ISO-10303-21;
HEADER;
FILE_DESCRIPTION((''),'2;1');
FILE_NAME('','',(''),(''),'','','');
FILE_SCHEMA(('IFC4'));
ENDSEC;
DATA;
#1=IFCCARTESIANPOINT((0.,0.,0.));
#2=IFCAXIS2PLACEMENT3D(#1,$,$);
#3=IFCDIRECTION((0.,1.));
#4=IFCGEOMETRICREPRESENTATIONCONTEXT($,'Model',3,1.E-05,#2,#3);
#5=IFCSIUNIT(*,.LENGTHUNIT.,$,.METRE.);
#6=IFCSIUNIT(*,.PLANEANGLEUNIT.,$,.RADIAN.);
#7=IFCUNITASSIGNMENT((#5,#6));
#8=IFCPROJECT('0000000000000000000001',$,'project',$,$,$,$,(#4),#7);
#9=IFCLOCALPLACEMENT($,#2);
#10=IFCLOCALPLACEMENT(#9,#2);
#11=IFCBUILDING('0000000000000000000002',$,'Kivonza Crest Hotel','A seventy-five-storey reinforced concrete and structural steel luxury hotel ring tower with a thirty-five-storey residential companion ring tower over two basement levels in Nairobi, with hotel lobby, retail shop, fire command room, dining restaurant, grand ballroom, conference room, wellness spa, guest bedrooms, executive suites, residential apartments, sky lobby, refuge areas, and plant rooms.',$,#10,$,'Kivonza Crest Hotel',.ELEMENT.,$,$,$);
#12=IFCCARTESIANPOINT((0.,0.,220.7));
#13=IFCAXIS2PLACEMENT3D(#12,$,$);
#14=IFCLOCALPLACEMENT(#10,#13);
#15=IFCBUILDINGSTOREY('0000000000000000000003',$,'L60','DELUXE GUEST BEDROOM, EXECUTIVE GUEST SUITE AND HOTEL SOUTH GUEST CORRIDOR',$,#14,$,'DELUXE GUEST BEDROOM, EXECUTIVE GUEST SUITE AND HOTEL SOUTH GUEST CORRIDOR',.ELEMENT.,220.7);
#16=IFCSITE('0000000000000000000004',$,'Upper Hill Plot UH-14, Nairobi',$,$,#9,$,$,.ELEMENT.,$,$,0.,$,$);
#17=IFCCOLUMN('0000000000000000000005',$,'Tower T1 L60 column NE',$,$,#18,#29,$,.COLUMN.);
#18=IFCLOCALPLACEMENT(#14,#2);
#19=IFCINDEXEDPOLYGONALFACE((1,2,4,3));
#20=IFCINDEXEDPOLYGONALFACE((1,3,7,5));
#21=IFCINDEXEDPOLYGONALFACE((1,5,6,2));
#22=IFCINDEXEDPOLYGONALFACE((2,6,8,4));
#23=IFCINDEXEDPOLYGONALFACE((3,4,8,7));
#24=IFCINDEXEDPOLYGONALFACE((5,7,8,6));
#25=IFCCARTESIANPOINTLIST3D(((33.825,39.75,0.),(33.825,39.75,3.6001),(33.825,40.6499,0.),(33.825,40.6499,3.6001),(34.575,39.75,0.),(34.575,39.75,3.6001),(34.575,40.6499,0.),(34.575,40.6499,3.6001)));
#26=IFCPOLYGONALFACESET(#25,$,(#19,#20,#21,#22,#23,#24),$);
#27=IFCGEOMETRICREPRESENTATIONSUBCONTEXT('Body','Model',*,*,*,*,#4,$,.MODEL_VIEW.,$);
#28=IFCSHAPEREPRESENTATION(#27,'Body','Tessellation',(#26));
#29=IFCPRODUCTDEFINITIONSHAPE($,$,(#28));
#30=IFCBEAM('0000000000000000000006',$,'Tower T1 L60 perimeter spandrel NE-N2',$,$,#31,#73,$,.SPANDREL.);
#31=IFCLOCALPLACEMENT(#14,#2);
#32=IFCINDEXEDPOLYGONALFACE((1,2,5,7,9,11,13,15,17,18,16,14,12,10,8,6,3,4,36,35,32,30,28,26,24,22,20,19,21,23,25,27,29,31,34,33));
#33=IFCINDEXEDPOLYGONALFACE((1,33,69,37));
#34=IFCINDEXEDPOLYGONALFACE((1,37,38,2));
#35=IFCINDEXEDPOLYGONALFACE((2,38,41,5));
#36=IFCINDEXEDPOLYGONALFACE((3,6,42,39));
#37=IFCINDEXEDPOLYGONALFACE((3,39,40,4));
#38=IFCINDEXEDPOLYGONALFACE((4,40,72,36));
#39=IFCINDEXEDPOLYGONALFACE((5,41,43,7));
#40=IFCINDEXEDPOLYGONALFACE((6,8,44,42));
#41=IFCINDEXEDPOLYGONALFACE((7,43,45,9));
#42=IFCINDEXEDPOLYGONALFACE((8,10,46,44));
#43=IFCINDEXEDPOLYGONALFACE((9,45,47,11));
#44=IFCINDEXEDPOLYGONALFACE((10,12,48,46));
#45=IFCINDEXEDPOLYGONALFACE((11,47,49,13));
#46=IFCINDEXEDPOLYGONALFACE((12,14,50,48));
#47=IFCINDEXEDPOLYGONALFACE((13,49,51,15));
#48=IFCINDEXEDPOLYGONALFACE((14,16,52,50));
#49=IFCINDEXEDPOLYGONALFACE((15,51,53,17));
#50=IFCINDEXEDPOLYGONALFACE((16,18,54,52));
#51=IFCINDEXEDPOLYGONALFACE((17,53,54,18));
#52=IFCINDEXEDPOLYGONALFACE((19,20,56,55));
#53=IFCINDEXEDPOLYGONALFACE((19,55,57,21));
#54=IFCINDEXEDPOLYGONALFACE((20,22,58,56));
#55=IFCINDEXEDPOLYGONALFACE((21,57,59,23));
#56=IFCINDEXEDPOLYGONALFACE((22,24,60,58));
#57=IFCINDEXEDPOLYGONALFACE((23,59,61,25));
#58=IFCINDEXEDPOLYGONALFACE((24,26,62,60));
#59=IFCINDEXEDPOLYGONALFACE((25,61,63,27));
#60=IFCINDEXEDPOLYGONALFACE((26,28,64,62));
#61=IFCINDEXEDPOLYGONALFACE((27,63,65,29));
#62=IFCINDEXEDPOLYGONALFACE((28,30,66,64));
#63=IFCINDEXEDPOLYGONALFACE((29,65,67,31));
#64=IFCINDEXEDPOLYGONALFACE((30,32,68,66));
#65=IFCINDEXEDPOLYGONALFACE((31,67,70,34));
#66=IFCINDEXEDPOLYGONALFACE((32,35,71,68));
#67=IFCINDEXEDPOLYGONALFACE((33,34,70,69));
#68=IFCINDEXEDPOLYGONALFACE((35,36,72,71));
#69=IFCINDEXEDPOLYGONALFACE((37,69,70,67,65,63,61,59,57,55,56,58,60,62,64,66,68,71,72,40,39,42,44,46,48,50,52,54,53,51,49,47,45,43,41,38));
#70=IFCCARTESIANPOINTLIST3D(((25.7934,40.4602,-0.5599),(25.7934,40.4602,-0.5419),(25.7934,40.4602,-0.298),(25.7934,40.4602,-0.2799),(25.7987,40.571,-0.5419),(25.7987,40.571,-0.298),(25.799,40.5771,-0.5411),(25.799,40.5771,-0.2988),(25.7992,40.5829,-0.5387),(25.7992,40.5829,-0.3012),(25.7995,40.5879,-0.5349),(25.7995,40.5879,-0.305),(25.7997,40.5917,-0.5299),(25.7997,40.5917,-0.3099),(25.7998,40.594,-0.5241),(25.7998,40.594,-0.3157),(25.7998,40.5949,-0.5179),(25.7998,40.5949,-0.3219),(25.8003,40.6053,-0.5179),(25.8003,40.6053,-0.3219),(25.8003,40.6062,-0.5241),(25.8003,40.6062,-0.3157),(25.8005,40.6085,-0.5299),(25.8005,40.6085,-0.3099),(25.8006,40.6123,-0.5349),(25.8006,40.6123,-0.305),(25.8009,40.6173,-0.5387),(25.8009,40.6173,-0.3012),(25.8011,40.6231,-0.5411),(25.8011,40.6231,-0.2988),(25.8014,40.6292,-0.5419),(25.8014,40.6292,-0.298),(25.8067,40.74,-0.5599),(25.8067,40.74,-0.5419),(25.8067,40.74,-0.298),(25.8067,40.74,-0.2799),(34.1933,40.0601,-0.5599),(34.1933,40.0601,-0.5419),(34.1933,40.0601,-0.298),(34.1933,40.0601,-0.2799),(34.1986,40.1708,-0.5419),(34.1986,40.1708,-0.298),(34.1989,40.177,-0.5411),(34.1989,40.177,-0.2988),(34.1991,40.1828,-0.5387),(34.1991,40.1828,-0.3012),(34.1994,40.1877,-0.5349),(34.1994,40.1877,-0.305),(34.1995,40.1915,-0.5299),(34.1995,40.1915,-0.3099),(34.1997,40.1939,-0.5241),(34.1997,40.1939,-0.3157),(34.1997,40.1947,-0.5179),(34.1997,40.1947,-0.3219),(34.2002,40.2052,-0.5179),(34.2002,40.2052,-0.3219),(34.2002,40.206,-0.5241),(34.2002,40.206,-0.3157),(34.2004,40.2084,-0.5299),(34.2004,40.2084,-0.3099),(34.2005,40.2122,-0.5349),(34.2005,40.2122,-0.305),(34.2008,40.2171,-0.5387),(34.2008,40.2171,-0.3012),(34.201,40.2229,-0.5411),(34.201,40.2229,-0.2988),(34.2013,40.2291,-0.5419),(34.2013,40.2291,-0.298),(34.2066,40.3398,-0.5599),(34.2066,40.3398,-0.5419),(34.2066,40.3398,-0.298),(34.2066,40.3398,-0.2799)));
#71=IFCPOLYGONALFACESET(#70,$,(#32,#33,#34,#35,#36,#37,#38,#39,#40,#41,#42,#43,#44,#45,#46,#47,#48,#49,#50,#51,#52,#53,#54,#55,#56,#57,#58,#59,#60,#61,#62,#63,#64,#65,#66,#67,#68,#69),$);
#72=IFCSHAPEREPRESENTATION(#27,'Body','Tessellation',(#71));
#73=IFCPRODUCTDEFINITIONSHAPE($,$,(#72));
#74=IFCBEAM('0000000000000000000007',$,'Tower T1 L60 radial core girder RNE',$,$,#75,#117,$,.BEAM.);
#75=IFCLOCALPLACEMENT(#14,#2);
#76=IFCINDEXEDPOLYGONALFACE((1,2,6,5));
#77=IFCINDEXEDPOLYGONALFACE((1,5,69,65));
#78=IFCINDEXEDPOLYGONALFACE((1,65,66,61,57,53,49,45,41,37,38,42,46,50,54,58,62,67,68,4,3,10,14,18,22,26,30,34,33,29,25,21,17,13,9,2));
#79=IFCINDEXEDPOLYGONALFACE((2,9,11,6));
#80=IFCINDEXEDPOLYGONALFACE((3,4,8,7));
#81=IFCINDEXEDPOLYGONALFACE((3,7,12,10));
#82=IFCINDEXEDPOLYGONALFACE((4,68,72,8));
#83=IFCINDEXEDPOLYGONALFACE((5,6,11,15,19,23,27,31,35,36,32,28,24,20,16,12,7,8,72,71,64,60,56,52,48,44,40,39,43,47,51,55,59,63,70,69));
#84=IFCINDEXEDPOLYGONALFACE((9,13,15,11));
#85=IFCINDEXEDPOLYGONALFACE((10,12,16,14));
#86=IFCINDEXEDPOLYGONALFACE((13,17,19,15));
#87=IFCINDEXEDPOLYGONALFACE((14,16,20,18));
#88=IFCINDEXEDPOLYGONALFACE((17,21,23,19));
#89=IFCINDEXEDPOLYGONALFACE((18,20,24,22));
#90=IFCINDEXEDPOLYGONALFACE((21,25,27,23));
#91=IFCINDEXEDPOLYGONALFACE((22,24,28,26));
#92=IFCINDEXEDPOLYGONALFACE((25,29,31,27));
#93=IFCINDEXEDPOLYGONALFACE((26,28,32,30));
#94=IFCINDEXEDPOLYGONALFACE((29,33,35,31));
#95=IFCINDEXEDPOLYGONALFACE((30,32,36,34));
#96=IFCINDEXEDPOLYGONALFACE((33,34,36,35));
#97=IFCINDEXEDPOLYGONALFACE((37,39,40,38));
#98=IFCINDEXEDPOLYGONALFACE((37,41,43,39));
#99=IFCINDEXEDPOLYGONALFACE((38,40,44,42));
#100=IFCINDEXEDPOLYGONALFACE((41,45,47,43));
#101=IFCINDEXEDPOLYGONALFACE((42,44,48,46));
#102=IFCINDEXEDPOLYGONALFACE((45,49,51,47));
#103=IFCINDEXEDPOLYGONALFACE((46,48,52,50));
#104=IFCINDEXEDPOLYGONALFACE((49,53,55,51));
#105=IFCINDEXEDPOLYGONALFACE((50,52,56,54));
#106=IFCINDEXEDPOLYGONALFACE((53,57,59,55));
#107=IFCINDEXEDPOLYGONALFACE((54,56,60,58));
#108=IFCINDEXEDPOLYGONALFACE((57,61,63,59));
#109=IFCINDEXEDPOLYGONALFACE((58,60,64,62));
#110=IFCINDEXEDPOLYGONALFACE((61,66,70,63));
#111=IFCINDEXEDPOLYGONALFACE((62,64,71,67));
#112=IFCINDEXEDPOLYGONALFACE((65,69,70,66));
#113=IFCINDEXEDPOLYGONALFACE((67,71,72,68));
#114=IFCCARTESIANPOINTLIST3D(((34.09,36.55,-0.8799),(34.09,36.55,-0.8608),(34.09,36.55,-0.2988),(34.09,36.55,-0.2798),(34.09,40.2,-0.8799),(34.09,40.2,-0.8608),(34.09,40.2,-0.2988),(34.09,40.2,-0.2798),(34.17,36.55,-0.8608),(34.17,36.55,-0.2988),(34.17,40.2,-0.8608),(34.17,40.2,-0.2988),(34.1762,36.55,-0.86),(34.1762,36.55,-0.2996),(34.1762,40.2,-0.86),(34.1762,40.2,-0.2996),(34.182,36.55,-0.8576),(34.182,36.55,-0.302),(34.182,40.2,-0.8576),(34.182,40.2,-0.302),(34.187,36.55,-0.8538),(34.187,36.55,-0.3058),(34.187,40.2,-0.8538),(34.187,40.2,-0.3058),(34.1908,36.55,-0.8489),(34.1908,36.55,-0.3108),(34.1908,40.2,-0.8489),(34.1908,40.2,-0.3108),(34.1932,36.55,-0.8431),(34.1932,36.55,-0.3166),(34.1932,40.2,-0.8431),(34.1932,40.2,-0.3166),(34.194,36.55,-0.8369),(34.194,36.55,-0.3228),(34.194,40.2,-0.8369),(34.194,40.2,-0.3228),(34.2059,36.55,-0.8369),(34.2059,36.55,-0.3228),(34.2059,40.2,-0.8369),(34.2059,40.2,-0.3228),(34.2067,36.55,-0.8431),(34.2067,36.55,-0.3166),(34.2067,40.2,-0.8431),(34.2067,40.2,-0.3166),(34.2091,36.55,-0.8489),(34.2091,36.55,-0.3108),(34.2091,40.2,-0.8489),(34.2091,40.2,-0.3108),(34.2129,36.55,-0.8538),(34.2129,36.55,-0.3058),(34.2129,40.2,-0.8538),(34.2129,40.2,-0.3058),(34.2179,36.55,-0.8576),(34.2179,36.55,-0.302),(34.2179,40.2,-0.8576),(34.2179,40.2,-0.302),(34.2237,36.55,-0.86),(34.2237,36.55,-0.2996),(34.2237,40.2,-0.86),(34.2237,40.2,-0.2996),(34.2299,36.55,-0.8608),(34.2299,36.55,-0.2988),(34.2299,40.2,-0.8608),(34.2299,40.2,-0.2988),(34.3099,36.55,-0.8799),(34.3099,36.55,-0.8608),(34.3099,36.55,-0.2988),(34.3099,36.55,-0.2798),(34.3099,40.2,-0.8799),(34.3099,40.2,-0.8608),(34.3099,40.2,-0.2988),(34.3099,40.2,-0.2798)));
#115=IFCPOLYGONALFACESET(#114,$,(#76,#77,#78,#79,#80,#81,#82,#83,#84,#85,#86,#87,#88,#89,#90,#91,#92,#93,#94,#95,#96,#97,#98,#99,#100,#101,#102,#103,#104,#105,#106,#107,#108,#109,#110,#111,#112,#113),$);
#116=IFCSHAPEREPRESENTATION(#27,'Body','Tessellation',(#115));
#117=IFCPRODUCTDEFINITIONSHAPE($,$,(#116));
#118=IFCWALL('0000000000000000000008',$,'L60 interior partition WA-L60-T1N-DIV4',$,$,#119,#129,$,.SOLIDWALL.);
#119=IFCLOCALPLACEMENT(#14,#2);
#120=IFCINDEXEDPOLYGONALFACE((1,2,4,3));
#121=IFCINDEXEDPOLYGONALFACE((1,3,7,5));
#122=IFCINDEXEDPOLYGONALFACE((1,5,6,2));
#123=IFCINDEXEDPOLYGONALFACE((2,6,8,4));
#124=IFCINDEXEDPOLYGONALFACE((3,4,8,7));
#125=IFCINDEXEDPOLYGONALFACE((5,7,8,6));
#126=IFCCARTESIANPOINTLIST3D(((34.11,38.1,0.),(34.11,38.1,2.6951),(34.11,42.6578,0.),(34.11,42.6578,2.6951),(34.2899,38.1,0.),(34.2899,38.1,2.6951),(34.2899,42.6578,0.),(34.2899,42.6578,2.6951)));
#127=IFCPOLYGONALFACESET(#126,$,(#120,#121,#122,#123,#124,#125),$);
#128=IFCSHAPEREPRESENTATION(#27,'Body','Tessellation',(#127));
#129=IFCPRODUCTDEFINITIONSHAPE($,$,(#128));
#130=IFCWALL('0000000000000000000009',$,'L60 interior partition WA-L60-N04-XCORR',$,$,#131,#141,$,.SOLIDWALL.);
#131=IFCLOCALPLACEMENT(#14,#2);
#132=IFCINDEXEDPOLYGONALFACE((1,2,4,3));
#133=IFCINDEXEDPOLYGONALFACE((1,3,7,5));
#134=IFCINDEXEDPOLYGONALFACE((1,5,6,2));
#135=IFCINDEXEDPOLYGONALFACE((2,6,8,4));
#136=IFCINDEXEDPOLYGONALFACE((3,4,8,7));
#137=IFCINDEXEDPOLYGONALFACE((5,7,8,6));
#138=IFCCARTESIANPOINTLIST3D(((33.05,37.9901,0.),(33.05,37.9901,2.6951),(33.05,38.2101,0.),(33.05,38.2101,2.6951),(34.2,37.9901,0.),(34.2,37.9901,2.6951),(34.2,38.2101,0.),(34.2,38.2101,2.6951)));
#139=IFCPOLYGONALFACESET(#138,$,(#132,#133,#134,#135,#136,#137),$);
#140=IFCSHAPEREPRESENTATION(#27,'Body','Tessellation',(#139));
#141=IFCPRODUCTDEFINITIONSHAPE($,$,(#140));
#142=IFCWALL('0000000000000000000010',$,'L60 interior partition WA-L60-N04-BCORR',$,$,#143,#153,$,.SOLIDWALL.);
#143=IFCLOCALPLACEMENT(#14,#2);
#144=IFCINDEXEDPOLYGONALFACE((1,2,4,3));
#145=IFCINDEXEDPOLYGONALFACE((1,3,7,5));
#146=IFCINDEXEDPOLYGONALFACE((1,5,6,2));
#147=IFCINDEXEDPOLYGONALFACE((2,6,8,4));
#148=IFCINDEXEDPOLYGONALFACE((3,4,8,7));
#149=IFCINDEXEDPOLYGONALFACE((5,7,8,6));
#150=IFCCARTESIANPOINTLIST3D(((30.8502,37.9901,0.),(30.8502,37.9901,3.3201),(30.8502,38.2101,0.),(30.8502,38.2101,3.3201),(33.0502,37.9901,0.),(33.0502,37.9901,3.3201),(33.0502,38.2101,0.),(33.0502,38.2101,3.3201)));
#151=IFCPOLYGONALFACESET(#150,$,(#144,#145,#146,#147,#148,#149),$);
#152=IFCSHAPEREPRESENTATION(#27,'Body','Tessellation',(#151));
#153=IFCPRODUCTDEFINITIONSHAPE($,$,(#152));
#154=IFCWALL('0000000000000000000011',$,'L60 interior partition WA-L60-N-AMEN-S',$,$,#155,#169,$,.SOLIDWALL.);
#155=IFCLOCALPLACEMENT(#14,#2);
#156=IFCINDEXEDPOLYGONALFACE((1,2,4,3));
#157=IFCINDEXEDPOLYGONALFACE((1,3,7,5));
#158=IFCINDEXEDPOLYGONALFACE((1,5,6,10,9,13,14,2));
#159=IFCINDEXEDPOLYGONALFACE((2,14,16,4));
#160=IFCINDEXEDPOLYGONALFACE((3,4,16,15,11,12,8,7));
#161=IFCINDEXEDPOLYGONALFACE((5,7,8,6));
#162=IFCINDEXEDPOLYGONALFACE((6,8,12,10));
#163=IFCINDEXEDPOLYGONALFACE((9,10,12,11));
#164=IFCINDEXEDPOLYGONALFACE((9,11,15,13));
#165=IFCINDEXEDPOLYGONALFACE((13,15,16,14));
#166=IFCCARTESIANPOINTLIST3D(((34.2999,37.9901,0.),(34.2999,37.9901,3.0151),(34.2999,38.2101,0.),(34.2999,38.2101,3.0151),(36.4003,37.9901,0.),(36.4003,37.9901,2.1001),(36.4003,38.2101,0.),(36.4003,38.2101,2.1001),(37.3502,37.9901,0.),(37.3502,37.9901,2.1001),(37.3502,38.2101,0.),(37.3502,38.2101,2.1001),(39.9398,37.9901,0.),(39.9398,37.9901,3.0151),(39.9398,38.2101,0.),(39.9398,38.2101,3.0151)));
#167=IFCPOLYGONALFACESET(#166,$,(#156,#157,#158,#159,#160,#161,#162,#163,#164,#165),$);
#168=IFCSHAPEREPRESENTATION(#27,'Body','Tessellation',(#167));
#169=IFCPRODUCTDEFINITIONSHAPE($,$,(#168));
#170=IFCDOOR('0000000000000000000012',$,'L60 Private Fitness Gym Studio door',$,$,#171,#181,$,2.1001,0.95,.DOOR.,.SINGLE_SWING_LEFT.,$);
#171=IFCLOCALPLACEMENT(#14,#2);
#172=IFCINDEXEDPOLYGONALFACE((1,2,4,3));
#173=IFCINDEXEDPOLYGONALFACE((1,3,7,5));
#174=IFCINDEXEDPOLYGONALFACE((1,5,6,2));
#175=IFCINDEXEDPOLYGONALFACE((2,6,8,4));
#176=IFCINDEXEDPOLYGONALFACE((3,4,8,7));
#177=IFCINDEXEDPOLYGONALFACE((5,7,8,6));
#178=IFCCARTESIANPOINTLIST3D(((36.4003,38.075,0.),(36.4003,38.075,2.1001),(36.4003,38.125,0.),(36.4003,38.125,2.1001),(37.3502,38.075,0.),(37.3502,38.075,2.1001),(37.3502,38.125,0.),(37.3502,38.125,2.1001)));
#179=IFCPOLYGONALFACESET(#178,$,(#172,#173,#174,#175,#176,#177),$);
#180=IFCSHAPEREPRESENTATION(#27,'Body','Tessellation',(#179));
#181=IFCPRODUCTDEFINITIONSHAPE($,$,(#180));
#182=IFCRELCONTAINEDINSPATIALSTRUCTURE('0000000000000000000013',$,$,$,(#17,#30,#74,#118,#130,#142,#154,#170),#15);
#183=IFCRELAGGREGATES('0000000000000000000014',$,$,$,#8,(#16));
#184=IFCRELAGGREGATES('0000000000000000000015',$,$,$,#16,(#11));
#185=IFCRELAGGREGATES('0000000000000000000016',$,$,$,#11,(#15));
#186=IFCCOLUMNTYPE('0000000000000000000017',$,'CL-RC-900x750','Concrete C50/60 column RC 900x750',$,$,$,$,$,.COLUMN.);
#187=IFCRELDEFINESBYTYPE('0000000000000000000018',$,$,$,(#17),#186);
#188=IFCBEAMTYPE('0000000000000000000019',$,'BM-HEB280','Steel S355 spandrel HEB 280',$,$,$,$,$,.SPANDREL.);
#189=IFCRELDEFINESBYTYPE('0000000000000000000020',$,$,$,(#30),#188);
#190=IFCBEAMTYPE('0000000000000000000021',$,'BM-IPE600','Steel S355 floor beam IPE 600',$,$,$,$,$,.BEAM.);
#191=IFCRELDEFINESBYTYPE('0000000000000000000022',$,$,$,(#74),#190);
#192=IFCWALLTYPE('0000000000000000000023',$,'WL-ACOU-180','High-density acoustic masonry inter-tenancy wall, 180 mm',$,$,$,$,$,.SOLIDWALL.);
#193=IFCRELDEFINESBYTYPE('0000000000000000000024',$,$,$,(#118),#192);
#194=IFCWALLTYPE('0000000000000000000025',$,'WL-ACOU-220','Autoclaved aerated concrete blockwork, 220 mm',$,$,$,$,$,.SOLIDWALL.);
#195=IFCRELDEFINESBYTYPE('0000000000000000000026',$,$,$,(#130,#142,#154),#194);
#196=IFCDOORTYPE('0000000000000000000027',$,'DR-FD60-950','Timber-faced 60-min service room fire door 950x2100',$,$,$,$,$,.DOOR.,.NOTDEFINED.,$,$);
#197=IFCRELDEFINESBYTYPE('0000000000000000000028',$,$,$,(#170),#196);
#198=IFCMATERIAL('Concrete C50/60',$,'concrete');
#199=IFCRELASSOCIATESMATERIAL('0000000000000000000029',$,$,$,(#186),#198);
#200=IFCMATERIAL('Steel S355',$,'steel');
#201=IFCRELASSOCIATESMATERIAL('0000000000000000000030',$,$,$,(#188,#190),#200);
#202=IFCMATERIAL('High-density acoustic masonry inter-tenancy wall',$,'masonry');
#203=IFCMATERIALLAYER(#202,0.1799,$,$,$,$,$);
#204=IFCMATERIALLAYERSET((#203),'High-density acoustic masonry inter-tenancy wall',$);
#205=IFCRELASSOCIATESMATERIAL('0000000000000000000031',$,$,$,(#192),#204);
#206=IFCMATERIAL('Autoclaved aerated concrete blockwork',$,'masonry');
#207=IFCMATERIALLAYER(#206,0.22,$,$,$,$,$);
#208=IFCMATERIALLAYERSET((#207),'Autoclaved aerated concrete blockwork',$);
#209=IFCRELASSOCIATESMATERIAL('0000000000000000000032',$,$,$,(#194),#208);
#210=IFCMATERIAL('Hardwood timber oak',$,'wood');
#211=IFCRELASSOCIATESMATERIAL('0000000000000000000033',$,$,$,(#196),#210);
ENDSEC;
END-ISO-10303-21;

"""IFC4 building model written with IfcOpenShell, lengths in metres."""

from ifc_helpers import new_model, si_unit, direction, frame, frame_2d, origin, origin_2d, place, context, subcontext, project, spatial, rectangle, i_section, extrude, material, layer, layer_set, material_profile, profile_set, type_object, element, fill, save


model = new_model("IFC4")

# Units and contexts
model_context = context("Model", 3, precision=1e-05, world=origin(), true_north=direction((0.0, 1.0)))
body_context = subcontext(model_context, "Body", "Model", "MODEL_VIEW")
ifc_project = project(units=[si_unit("LENGTHUNIT", "METRE"), si_unit("PLANEANGLEUNIT", "RADIAN")], contexts=[model_context])

# Site, building, storey
site_placement = place(None, origin())
site = spatial("IfcSite", under=ifc_project, at=site_placement, Name="Upper Hill Plot UH-14, Nairobi", CompositionType="ELEMENT", RefElevation=0.0)
building_placement = place(site_placement, origin())
building = spatial("IfcBuilding", under=site, at=building_placement, Name="Kivonza Crest Hotel", Description="A seventy-five-storey reinforced concrete and structural steel luxury hotel ring tower with a thirty-five-storey residential companion ring tower over two basement levels in Nairobi, with hotel lobby, retail shop, fire command room, dining restaurant, grand ballroom, conference room, wellness spa, guest bedrooms, executive suites, residential apartments, sky lobby, refuge areas, and plant rooms.", LongName="Kivonza Crest Hotel", CompositionType="ELEMENT")
storey_placement = place(building_placement, frame((0.0, 0.0, 220.7)))
storey = spatial("IfcBuildingStorey", under=building, at=storey_placement, Name="L60", Description="DELUXE GUEST BEDROOM, EXECUTIVE GUEST SUITE AND HOTEL SOUTH GUEST CORRIDOR", LongName="DELUXE GUEST BEDROOM, EXECUTIVE GUEST SUITE AND HOTEL SOUTH GUEST CORRIDOR", CompositionType="ELEMENT", Elevation=220.7)

# Column
ifc_material_1 = material(Name="Concrete C50/60", Category="concrete")
ifc_material_profile_1 = material_profile(ifc_material_1, rectangle(XDim=0.75, YDim=0.8999, at=origin_2d()), Name="RC 900x750")
ifc_profile_set_1 = profile_set([ifc_material_profile_1], Name="Concrete C50/60")
column_type = type_object("IfcColumnType", Name="CL-RC-900x750", Description="Concrete C50/60 column RC 900x750", PredefinedType="COLUMN", material=ifc_profile_set_1)
column_placement = place(storey_placement, frame((34.2, 40.2, 0.0), z_axis=(0.0, 0.0, 1.0), x_axis=(1.0, 0.0, 0.0)))
element("IfcColumn", 1, at=column_placement, inside=storey, type_object=column_type, Name="Tower T1 L60 column NE", PredefinedType="COLUMN", context=body_context, shape_type="SweptSolid", body=[
    extrude(rectangle(XDim=0.75, YDim=0.8999, at=origin_2d()), origin(), (0.0, 0.0, 1.0), 3.6001),
])

# Beams
ifc_material_2 = material(Name="Steel S355", Category="steel")
ifc_material_profile_2 = material_profile(ifc_material_2, i_section(OverallWidth=0.28, OverallDepth=0.28, WebThickness=0.0105, FlangeThickness=0.0181, FilletRadius=0.0239, at=origin_2d()), Name="HEB 280")
ifc_profile_set_2 = profile_set([ifc_material_profile_2], Name="Steel S355")
beam_type_1 = type_object("IfcBeamType", Name="BM-HEB280", Description="Steel S355 spandrel HEB 280", PredefinedType="SPANDREL", material=ifc_profile_set_2)
beam_1_placement = place(storey_placement, frame((34.2, 40.2, -0.4199), z_axis=(-0.998867, 0.047583, 0.0), x_axis=(-0.047583, -0.998867, 0.0)))
element("IfcBeam", 2, at=beam_1_placement, inside=storey, type_object=beam_type_1, Name="Tower T1 L60 perimeter spandrel NE-N2", PredefinedType="SPANDREL", context=body_context, shape_type="SweptSolid", body=[
    extrude(i_section(OverallWidth=0.28, OverallDepth=0.28, WebThickness=0.0105, FlangeThickness=0.0181, FilletRadius=0.0239, at=origin_2d()), origin(), (0.0, 0.0, 1.0), 8.4094),
])
ifc_material_profile_3 = material_profile(ifc_material_2, i_section(OverallWidth=0.22, OverallDepth=0.6001, WebThickness=0.012, FlangeThickness=0.019, FilletRadius=0.0239, at=origin_2d()), Name="IPE 600")
ifc_profile_set_3 = profile_set([ifc_material_profile_3], Name="Steel S355")
beam_type_2 = type_object("IfcBeamType", Name="BM-IPE600", Description="Steel S355 floor beam IPE 600", PredefinedType="BEAM", material=ifc_profile_set_3)
beam_2_placement = place(storey_placement, frame((34.2, 40.2, -0.5798), z_axis=(0.0, -1.0, 0.0), x_axis=(1.0, 0.0, 0.0)))
element("IfcBeam", 3, at=beam_2_placement, inside=storey, type_object=beam_type_2, Name="Tower T1 L60 radial core girder RNE", PredefinedType="BEAM", context=body_context, shape_type="SweptSolid", body=[
    extrude(i_section(OverallWidth=0.22, OverallDepth=0.6001, WebThickness=0.012, FlangeThickness=0.019, FilletRadius=0.0239, at=origin_2d()), origin(), (0.0, 0.0, 1.0), 3.6499),
])

# Walls
ifc_material_3 = material(Name="High-density acoustic masonry inter-tenancy wall", Category="masonry")
ifc_layer_1 = layer(ifc_material_3, 0.1799)
ifc_layer_set_1 = layer_set([ifc_layer_1], Name="High-density acoustic masonry inter-tenancy wall")
wall_type_1 = type_object("IfcWallType", Name="WL-ACOU-180", Description="High-density acoustic masonry inter-tenancy wall, 180 mm", PredefinedType="SOLIDWALL", material=ifc_layer_set_1)
wall_1_placement = place(storey_placement, frame((34.2, 38.1001, 0.0), z_axis=(0.0, 0.0, 1.0), x_axis=(0.0, 1.0, 0.0)))
element("IfcWall", 4, at=wall_1_placement, inside=storey, type_object=wall_type_1, Name="L60 interior partition WA-L60-T1N-DIV4", PredefinedType="SOLIDWALL", context=body_context, shape_type="SweptSolid", body=[
    extrude(rectangle(XDim=4.5579, YDim=0.1799, at=frame_2d((2.2788, 0.0))), origin(), (0.0, 0.0, 1.0), 2.6951),
])
ifc_material_4 = material(Name="Autoclaved aerated concrete blockwork", Category="masonry")
ifc_layer_2 = layer(ifc_material_4, 0.22)
ifc_layer_set_2 = layer_set([ifc_layer_2], Name="Autoclaved aerated concrete blockwork")
wall_type_2 = type_object("IfcWallType", Name="WL-ACOU-220", Description="Autoclaved aerated concrete blockwork, 220 mm", PredefinedType="SOLIDWALL", material=ifc_layer_set_2)
wall_2_placement = place(storey_placement, frame((33.05, 38.1001, 0.0), z_axis=(0.0, 0.0, 1.0), x_axis=(1.0, 0.0, 0.0)))
element("IfcWall", 5, at=wall_2_placement, inside=storey, type_object=wall_type_2, Name="L60 interior partition WA-L60-N04-XCORR", PredefinedType="SOLIDWALL", context=body_context, shape_type="SweptSolid", body=[
    extrude(rectangle(XDim=1.1499, YDim=0.22, at=frame_2d((0.575, 0.0))), origin(), (0.0, 0.0, 1.0), 2.6951),
])
wall_3_placement = place(storey_placement, frame((30.8501, 38.1001, 0.0), z_axis=(0.0, 0.0, 1.0), x_axis=(1.0, 0.0, 0.0)))
element("IfcWall", 6, at=wall_3_placement, inside=storey, type_object=wall_type_2, Name="L60 interior partition WA-L60-N04-BCORR", PredefinedType="SOLIDWALL", context=body_context, shape_type="SweptSolid", body=[
    extrude(rectangle(XDim=2.2, YDim=0.22, at=frame_2d((1.1001, 0.0))), origin(), (0.0, 0.0, 1.0), 3.3201),
])

# Wall, opening, door
wall_4_placement = place(storey_placement, frame((34.3, 38.1001, 0.0), z_axis=(0.0, 0.0, 1.0), x_axis=(1.0, 0.0, 0.0)))
wall_4 = element("IfcWall", 7, at=wall_4_placement, inside=storey, type_object=wall_type_2, Name="L60 interior partition WA-L60-N-AMEN-S", PredefinedType="SOLIDWALL", context=body_context, shape_type="SweptSolid", body=[
    extrude(rectangle(XDim=5.6399, YDim=0.22, at=frame_2d((2.8198, 0.0))), origin(), (0.0, 0.0, 1.0), 3.0151),
])
opening_1_placement = place(wall_4_placement, frame((2.1001, 0.0, 0.0)))
opening_1 = element("IfcOpeningElement", 8, at=opening_1_placement, cuts=wall_4, PredefinedType="OPENING", context=body_context, shape_type="SweptSolid", body=[
    extrude(rectangle(XDim=0.95, YDim=2.1001, at=frame_2d((0.4751, 1.05))), frame((0.0, 0.1201, 0.0), z_axis=(0.0, -1.0, 0.0), x_axis=(1.0, 0.0, 0.0)), (0.0, 0.0, 1.0), 0.24),
])
ifc_material_5 = material(Name="Hardwood timber oak", Category="wood")
door_type_1 = type_object("IfcDoorType", Name="DR-FD60-950", Description="Timber-faced 60-min service room fire door 950x2100", OperationType="NOTDEFINED", PredefinedType="DOOR", material=ifc_material_5)
door_1_placement = place(opening_1_placement, origin())
door_1 = element("IfcDoor", 9, at=door_1_placement, inside=storey, type_object=door_type_1, Name="L60 Private Fitness Gym Studio door", OperationType="SINGLE_SWING_LEFT", OverallHeight=2.1001, OverallWidth=0.95, PredefinedType="DOOR", context=body_context, shape_type="SweptSolid", body=[
    extrude(rectangle(XDim=0.95, YDim=2.1001, at=frame_2d((0.4751, 1.05))), frame((0.0, 0.0249, 0.0), z_axis=(0.0, -1.0, 0.0), x_axis=(1.0, 0.0, 0.0)), (0.0, 0.0, 1.0), 0.05),
])
fill(opening_1, door_1)

save(model, "model.ifc")
